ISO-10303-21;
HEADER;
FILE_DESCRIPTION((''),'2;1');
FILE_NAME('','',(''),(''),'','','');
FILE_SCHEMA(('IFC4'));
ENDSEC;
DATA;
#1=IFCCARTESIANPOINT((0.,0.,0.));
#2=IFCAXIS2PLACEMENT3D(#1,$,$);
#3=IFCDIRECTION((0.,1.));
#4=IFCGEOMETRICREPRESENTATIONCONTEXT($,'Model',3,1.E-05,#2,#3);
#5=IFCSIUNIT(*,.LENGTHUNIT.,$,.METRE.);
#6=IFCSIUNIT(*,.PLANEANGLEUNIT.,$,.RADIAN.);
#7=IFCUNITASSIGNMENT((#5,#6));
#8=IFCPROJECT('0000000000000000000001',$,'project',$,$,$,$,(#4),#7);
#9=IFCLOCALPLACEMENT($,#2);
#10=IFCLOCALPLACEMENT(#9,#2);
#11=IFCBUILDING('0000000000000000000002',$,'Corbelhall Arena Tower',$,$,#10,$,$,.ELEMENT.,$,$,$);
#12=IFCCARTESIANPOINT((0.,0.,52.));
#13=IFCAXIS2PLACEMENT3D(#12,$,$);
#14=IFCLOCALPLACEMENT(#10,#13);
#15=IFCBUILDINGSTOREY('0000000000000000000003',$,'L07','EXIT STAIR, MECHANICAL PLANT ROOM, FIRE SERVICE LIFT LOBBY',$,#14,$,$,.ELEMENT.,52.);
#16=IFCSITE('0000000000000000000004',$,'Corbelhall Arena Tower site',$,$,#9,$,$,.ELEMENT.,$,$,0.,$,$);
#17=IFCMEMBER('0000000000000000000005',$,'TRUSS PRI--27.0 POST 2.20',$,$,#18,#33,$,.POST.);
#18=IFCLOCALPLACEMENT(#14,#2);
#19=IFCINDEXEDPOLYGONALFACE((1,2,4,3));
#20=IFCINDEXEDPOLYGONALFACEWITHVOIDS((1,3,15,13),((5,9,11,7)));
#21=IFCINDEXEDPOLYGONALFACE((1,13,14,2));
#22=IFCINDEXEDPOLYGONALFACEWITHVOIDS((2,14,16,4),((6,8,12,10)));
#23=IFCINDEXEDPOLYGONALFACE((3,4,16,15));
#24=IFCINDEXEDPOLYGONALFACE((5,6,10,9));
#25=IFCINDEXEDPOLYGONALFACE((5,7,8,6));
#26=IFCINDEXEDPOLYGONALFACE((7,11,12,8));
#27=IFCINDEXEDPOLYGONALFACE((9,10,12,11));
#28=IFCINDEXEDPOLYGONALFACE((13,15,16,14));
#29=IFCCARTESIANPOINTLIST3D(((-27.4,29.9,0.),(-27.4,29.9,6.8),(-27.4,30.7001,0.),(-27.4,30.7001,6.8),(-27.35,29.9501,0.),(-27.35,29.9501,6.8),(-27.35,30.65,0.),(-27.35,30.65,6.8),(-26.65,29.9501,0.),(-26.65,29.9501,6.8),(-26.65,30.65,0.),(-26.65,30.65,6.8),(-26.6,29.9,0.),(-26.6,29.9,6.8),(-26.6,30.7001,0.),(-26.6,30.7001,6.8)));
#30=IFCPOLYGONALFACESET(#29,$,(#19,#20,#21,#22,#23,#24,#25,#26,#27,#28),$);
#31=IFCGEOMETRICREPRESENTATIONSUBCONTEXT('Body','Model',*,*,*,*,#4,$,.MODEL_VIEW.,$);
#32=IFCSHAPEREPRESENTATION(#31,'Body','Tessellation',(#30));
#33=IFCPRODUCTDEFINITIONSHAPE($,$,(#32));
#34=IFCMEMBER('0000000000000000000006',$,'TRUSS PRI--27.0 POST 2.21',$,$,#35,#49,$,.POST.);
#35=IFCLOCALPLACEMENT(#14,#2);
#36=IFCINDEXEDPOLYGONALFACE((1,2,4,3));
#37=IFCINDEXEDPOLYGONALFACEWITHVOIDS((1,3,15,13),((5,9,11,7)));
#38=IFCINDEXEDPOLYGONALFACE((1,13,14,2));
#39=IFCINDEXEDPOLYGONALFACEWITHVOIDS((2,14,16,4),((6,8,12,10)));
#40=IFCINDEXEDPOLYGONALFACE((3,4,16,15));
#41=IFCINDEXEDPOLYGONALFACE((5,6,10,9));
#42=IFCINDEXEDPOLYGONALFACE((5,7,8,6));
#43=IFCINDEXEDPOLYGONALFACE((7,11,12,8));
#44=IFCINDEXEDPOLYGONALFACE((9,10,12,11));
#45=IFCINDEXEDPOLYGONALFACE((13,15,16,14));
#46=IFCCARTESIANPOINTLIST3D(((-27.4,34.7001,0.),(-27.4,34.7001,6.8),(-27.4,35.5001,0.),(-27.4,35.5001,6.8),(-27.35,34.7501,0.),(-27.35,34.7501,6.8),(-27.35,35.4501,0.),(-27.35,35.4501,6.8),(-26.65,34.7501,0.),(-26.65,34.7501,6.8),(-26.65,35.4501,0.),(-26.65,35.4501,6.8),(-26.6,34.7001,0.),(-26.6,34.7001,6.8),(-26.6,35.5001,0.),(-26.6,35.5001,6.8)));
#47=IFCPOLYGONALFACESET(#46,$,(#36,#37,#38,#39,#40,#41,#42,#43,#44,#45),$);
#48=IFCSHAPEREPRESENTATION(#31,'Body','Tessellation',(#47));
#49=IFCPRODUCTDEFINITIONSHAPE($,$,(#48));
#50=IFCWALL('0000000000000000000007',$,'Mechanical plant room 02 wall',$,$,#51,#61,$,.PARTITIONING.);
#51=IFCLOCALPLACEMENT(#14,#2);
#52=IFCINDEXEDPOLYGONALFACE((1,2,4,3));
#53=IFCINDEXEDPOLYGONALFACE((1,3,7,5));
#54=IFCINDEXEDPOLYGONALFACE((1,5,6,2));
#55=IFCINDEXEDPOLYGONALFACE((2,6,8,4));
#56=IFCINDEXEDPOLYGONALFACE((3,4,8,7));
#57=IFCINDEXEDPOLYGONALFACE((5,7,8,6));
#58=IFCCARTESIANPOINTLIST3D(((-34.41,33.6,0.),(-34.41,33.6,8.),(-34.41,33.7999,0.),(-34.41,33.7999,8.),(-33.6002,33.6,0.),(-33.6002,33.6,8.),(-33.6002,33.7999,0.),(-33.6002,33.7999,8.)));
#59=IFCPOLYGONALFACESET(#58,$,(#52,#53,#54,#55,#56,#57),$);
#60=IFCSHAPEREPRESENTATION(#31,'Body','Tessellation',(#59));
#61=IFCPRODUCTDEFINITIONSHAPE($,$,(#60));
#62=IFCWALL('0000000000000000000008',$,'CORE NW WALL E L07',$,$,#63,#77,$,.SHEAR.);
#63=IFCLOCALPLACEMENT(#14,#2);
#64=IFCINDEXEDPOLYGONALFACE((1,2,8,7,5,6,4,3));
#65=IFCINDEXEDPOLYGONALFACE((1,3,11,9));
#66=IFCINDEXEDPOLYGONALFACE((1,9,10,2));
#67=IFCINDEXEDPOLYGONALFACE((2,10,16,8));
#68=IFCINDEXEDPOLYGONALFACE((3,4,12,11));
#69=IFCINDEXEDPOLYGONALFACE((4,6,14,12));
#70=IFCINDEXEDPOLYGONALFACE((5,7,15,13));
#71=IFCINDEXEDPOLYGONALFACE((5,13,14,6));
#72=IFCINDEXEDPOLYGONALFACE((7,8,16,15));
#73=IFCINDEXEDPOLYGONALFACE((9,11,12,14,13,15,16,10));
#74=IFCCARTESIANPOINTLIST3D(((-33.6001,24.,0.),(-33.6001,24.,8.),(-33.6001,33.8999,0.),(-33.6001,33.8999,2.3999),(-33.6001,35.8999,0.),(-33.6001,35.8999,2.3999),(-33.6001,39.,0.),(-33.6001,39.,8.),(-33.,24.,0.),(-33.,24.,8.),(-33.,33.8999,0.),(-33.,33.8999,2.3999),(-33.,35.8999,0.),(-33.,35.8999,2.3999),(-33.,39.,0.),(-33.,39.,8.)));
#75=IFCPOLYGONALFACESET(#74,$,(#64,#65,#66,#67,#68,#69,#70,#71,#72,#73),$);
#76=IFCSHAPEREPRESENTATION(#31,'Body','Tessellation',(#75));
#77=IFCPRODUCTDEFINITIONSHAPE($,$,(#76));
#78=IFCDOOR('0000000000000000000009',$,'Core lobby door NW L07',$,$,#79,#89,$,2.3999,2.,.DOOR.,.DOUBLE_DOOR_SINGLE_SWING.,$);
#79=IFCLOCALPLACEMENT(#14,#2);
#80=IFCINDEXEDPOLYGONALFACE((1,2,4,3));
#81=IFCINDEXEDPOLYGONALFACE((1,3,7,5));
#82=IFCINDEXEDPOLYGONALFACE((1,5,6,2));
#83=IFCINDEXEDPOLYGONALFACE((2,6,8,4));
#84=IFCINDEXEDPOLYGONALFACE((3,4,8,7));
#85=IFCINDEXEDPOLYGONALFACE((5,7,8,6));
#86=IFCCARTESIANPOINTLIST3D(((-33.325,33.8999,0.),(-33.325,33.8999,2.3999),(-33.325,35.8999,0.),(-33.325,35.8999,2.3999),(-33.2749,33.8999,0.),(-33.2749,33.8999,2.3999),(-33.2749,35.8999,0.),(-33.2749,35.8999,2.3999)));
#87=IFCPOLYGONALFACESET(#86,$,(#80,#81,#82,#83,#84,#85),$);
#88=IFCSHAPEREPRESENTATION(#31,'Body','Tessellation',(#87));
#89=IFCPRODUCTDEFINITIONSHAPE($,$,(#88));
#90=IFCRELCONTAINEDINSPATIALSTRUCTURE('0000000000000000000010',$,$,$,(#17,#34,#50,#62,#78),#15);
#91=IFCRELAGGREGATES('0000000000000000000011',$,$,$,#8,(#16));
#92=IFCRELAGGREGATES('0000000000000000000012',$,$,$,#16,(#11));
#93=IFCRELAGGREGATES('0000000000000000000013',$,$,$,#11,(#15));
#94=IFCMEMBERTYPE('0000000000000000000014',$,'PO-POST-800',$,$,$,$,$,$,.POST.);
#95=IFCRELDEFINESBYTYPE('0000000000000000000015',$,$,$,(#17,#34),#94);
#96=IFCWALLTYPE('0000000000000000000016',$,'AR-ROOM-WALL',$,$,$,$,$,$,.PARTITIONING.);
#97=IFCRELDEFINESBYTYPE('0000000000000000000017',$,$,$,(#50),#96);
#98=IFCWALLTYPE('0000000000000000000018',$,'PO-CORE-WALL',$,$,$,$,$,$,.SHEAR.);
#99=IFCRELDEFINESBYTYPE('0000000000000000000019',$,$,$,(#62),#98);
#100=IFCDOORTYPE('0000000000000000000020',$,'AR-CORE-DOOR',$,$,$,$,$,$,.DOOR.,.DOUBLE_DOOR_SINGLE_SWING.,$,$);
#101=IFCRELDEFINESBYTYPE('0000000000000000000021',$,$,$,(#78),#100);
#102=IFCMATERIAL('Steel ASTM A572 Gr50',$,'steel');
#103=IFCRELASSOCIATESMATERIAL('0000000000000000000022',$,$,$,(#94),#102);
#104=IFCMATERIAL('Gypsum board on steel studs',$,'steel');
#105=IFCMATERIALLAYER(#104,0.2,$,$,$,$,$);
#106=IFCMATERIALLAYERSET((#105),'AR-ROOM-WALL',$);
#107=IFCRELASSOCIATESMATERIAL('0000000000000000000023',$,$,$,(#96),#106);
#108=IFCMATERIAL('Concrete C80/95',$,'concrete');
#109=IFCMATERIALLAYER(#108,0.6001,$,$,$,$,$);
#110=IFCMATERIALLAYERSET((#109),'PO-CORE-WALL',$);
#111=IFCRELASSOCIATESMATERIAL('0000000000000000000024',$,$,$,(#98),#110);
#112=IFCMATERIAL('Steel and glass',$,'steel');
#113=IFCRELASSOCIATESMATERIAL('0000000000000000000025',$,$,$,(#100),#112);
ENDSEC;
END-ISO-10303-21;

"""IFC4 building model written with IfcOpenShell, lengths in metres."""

from ifc_helpers import new_model, si_unit, direction, frame, frame_2d, origin, origin_2d, place, context, subcontext, project, spatial, rectangle, hollow_rectangle, extrude, material, layer, layer_set, material_profile, profile_set, type_object, element, fill, save


model = new_model("IFC4")

# Units and contexts
model_context = context("Model", 3, precision=1e-05, world=origin(), true_north=direction((0.0, 1.0)))
body_context = subcontext(model_context, "Body", "Model", "MODEL_VIEW")
ifc_project = project(units=[si_unit("LENGTHUNIT", "METRE"), si_unit("PLANEANGLEUNIT", "RADIAN")], contexts=[model_context])

# Site, building, storey
site_placement = place(None, origin())
site = spatial("IfcSite", under=ifc_project, at=site_placement, Name="Corbelhall Arena Tower site", CompositionType="ELEMENT", RefElevation=0.0)
building_placement = place(site_placement, origin())
building = spatial("IfcBuilding", under=site, at=building_placement, Name="Corbelhall Arena Tower", CompositionType="ELEMENT")
storey_placement = place(building_placement, frame((0.0, 0.0, 52.0)))
storey = spatial("IfcBuildingStorey", under=building, at=storey_placement, Name="L07", Description="EXIT STAIR, MECHANICAL PLANT ROOM, FIRE SERVICE LIFT LOBBY", CompositionType="ELEMENT", Elevation=52.0)

# Members
ifc_material_1 = material(Name="Steel ASTM A572 Gr50", Category="steel")
ifc_material_profile_1 = material_profile(ifc_material_1, hollow_rectangle(XDim=0.8, YDim=0.8, WallThickness=0.05, at=origin_2d()))
ifc_profile_set_1 = profile_set([ifc_material_profile_1], Name="Steel ASTM A572 Gr50")
member_type_1 = type_object("IfcMemberType", Name="PO-POST-800", PredefinedType="POST", material=ifc_profile_set_1)
for number, where, z_axis, x_axis, name in (
    (1, (-27.0, 30.3, 0.0), (0.0, 0.0, 1.0), (1.0, 0.0, 0.0), "TRUSS PRI--27.0 POST 2.20"),
    (2, (-27.0, 35.1001, 0.0), (0.0, 0.0, 1.0), (1.0, 0.0, 0.0), "TRUSS PRI--27.0 POST 2.21"),
):
    element("IfcMember", number, at=place(storey_placement, frame(where, z_axis=z_axis, x_axis=x_axis)), inside=storey, type_object=member_type_1, Name=name, PredefinedType="POST", context=body_context, shape_type="SweptSolid", body=[
        extrude(hollow_rectangle(XDim=0.8, YDim=0.8, WallThickness=0.05, at=origin_2d()), origin(), (0.0, 0.0, 1.0), 6.8),
    ])

# Wall
ifc_material_2 = material(Name="Gypsum board on steel studs", Category="steel")
ifc_layer_1 = layer(ifc_material_2, 0.2)
ifc_layer_set_1 = layer_set([ifc_layer_1], Name="AR-ROOM-WALL")
wall_type_1 = type_object("IfcWallType", Name="AR-ROOM-WALL", PredefinedType="PARTITIONING", material=ifc_layer_set_1)
wall_1_placement = place(storey_placement, frame((-34.4099, 33.7, 0.0), z_axis=(0.0, 0.0, 1.0), x_axis=(1.0, 0.0, 0.0)))
element("IfcWall", 3, at=wall_1_placement, inside=storey, type_object=wall_type_1, Name="Mechanical plant room 02 wall", PredefinedType="PARTITIONING", context=body_context, shape_type="SweptSolid", body=[
    extrude(rectangle(XDim=0.8098, YDim=0.2, at=frame_2d((0.4048, 0.0))), origin(), (0.0, 0.0, 1.0), 8.0),
])

# Wall, opening, door
ifc_material_3 = material(Name="Concrete C80/95", Category="concrete")
ifc_layer_2 = layer(ifc_material_3, 0.6001)
ifc_layer_set_2 = layer_set([ifc_layer_2], Name="PO-CORE-WALL")
wall_type_2 = type_object("IfcWallType", Name="PO-CORE-WALL", PredefinedType="SHEAR", material=ifc_layer_set_2)
wall_2_placement = place(storey_placement, frame((-33.3, 24.0, 0.0), z_axis=(0.0, 0.0, 1.0), x_axis=(0.0, 1.0, 0.0)))
wall_2 = element("IfcWall", 4, at=wall_2_placement, inside=storey, type_object=wall_type_2, Name="CORE NW WALL E L07", PredefinedType="SHEAR", context=body_context, shape_type="SweptSolid", body=[
    extrude(rectangle(XDim=15.0, YDim=0.6001, at=frame_2d((7.5, 0.0))), origin(), (0.0, 0.0, 1.0), 8.0),
])
opening_1_placement = place(wall_2_placement, frame((9.8999, 0.0, 0.0)))
opening_1 = element("IfcOpeningElement", 5, at=opening_1_placement, cuts=wall_2, PredefinedType="OPENING", context=body_context, shape_type="SweptSolid", body=[
    extrude(rectangle(XDim=2.0, YDim=2.3999, at=frame_2d((1.0, 1.2))), frame((0.0, 0.3, 0.0), z_axis=(0.0, -1.0, 0.0), x_axis=(1.0, 0.0, 0.0)), (0.0, 0.0, 1.0), 0.6001),
])
ifc_material_4 = material(Name="Steel and glass", Category="steel")
door_type_1 = type_object("IfcDoorType", Name="AR-CORE-DOOR", OperationType="DOUBLE_DOOR_SINGLE_SWING", PredefinedType="DOOR", material=ifc_material_4)
door_1_placement = place(opening_1_placement, origin())
door_1 = element("IfcDoor", 6, at=door_1_placement, inside=storey, type_object=door_type_1, Name="Core lobby door NW L07", OperationType="DOUBLE_DOOR_SINGLE_SWING", OverallHeight=2.3999, OverallWidth=2.0, PredefinedType="DOOR", context=body_context, shape_type="SweptSolid", body=[
    extrude(rectangle(XDim=2.0, YDim=2.3999, at=frame_2d((1.0, 1.2))), frame((0.0, 0.0249, 0.0), z_axis=(0.0, -1.0, 0.0), x_axis=(1.0, 0.0, 0.0)), (0.0, 0.0, 1.0), 0.05),
])
fill(opening_1, door_1)

save(model, "model.ifc")
